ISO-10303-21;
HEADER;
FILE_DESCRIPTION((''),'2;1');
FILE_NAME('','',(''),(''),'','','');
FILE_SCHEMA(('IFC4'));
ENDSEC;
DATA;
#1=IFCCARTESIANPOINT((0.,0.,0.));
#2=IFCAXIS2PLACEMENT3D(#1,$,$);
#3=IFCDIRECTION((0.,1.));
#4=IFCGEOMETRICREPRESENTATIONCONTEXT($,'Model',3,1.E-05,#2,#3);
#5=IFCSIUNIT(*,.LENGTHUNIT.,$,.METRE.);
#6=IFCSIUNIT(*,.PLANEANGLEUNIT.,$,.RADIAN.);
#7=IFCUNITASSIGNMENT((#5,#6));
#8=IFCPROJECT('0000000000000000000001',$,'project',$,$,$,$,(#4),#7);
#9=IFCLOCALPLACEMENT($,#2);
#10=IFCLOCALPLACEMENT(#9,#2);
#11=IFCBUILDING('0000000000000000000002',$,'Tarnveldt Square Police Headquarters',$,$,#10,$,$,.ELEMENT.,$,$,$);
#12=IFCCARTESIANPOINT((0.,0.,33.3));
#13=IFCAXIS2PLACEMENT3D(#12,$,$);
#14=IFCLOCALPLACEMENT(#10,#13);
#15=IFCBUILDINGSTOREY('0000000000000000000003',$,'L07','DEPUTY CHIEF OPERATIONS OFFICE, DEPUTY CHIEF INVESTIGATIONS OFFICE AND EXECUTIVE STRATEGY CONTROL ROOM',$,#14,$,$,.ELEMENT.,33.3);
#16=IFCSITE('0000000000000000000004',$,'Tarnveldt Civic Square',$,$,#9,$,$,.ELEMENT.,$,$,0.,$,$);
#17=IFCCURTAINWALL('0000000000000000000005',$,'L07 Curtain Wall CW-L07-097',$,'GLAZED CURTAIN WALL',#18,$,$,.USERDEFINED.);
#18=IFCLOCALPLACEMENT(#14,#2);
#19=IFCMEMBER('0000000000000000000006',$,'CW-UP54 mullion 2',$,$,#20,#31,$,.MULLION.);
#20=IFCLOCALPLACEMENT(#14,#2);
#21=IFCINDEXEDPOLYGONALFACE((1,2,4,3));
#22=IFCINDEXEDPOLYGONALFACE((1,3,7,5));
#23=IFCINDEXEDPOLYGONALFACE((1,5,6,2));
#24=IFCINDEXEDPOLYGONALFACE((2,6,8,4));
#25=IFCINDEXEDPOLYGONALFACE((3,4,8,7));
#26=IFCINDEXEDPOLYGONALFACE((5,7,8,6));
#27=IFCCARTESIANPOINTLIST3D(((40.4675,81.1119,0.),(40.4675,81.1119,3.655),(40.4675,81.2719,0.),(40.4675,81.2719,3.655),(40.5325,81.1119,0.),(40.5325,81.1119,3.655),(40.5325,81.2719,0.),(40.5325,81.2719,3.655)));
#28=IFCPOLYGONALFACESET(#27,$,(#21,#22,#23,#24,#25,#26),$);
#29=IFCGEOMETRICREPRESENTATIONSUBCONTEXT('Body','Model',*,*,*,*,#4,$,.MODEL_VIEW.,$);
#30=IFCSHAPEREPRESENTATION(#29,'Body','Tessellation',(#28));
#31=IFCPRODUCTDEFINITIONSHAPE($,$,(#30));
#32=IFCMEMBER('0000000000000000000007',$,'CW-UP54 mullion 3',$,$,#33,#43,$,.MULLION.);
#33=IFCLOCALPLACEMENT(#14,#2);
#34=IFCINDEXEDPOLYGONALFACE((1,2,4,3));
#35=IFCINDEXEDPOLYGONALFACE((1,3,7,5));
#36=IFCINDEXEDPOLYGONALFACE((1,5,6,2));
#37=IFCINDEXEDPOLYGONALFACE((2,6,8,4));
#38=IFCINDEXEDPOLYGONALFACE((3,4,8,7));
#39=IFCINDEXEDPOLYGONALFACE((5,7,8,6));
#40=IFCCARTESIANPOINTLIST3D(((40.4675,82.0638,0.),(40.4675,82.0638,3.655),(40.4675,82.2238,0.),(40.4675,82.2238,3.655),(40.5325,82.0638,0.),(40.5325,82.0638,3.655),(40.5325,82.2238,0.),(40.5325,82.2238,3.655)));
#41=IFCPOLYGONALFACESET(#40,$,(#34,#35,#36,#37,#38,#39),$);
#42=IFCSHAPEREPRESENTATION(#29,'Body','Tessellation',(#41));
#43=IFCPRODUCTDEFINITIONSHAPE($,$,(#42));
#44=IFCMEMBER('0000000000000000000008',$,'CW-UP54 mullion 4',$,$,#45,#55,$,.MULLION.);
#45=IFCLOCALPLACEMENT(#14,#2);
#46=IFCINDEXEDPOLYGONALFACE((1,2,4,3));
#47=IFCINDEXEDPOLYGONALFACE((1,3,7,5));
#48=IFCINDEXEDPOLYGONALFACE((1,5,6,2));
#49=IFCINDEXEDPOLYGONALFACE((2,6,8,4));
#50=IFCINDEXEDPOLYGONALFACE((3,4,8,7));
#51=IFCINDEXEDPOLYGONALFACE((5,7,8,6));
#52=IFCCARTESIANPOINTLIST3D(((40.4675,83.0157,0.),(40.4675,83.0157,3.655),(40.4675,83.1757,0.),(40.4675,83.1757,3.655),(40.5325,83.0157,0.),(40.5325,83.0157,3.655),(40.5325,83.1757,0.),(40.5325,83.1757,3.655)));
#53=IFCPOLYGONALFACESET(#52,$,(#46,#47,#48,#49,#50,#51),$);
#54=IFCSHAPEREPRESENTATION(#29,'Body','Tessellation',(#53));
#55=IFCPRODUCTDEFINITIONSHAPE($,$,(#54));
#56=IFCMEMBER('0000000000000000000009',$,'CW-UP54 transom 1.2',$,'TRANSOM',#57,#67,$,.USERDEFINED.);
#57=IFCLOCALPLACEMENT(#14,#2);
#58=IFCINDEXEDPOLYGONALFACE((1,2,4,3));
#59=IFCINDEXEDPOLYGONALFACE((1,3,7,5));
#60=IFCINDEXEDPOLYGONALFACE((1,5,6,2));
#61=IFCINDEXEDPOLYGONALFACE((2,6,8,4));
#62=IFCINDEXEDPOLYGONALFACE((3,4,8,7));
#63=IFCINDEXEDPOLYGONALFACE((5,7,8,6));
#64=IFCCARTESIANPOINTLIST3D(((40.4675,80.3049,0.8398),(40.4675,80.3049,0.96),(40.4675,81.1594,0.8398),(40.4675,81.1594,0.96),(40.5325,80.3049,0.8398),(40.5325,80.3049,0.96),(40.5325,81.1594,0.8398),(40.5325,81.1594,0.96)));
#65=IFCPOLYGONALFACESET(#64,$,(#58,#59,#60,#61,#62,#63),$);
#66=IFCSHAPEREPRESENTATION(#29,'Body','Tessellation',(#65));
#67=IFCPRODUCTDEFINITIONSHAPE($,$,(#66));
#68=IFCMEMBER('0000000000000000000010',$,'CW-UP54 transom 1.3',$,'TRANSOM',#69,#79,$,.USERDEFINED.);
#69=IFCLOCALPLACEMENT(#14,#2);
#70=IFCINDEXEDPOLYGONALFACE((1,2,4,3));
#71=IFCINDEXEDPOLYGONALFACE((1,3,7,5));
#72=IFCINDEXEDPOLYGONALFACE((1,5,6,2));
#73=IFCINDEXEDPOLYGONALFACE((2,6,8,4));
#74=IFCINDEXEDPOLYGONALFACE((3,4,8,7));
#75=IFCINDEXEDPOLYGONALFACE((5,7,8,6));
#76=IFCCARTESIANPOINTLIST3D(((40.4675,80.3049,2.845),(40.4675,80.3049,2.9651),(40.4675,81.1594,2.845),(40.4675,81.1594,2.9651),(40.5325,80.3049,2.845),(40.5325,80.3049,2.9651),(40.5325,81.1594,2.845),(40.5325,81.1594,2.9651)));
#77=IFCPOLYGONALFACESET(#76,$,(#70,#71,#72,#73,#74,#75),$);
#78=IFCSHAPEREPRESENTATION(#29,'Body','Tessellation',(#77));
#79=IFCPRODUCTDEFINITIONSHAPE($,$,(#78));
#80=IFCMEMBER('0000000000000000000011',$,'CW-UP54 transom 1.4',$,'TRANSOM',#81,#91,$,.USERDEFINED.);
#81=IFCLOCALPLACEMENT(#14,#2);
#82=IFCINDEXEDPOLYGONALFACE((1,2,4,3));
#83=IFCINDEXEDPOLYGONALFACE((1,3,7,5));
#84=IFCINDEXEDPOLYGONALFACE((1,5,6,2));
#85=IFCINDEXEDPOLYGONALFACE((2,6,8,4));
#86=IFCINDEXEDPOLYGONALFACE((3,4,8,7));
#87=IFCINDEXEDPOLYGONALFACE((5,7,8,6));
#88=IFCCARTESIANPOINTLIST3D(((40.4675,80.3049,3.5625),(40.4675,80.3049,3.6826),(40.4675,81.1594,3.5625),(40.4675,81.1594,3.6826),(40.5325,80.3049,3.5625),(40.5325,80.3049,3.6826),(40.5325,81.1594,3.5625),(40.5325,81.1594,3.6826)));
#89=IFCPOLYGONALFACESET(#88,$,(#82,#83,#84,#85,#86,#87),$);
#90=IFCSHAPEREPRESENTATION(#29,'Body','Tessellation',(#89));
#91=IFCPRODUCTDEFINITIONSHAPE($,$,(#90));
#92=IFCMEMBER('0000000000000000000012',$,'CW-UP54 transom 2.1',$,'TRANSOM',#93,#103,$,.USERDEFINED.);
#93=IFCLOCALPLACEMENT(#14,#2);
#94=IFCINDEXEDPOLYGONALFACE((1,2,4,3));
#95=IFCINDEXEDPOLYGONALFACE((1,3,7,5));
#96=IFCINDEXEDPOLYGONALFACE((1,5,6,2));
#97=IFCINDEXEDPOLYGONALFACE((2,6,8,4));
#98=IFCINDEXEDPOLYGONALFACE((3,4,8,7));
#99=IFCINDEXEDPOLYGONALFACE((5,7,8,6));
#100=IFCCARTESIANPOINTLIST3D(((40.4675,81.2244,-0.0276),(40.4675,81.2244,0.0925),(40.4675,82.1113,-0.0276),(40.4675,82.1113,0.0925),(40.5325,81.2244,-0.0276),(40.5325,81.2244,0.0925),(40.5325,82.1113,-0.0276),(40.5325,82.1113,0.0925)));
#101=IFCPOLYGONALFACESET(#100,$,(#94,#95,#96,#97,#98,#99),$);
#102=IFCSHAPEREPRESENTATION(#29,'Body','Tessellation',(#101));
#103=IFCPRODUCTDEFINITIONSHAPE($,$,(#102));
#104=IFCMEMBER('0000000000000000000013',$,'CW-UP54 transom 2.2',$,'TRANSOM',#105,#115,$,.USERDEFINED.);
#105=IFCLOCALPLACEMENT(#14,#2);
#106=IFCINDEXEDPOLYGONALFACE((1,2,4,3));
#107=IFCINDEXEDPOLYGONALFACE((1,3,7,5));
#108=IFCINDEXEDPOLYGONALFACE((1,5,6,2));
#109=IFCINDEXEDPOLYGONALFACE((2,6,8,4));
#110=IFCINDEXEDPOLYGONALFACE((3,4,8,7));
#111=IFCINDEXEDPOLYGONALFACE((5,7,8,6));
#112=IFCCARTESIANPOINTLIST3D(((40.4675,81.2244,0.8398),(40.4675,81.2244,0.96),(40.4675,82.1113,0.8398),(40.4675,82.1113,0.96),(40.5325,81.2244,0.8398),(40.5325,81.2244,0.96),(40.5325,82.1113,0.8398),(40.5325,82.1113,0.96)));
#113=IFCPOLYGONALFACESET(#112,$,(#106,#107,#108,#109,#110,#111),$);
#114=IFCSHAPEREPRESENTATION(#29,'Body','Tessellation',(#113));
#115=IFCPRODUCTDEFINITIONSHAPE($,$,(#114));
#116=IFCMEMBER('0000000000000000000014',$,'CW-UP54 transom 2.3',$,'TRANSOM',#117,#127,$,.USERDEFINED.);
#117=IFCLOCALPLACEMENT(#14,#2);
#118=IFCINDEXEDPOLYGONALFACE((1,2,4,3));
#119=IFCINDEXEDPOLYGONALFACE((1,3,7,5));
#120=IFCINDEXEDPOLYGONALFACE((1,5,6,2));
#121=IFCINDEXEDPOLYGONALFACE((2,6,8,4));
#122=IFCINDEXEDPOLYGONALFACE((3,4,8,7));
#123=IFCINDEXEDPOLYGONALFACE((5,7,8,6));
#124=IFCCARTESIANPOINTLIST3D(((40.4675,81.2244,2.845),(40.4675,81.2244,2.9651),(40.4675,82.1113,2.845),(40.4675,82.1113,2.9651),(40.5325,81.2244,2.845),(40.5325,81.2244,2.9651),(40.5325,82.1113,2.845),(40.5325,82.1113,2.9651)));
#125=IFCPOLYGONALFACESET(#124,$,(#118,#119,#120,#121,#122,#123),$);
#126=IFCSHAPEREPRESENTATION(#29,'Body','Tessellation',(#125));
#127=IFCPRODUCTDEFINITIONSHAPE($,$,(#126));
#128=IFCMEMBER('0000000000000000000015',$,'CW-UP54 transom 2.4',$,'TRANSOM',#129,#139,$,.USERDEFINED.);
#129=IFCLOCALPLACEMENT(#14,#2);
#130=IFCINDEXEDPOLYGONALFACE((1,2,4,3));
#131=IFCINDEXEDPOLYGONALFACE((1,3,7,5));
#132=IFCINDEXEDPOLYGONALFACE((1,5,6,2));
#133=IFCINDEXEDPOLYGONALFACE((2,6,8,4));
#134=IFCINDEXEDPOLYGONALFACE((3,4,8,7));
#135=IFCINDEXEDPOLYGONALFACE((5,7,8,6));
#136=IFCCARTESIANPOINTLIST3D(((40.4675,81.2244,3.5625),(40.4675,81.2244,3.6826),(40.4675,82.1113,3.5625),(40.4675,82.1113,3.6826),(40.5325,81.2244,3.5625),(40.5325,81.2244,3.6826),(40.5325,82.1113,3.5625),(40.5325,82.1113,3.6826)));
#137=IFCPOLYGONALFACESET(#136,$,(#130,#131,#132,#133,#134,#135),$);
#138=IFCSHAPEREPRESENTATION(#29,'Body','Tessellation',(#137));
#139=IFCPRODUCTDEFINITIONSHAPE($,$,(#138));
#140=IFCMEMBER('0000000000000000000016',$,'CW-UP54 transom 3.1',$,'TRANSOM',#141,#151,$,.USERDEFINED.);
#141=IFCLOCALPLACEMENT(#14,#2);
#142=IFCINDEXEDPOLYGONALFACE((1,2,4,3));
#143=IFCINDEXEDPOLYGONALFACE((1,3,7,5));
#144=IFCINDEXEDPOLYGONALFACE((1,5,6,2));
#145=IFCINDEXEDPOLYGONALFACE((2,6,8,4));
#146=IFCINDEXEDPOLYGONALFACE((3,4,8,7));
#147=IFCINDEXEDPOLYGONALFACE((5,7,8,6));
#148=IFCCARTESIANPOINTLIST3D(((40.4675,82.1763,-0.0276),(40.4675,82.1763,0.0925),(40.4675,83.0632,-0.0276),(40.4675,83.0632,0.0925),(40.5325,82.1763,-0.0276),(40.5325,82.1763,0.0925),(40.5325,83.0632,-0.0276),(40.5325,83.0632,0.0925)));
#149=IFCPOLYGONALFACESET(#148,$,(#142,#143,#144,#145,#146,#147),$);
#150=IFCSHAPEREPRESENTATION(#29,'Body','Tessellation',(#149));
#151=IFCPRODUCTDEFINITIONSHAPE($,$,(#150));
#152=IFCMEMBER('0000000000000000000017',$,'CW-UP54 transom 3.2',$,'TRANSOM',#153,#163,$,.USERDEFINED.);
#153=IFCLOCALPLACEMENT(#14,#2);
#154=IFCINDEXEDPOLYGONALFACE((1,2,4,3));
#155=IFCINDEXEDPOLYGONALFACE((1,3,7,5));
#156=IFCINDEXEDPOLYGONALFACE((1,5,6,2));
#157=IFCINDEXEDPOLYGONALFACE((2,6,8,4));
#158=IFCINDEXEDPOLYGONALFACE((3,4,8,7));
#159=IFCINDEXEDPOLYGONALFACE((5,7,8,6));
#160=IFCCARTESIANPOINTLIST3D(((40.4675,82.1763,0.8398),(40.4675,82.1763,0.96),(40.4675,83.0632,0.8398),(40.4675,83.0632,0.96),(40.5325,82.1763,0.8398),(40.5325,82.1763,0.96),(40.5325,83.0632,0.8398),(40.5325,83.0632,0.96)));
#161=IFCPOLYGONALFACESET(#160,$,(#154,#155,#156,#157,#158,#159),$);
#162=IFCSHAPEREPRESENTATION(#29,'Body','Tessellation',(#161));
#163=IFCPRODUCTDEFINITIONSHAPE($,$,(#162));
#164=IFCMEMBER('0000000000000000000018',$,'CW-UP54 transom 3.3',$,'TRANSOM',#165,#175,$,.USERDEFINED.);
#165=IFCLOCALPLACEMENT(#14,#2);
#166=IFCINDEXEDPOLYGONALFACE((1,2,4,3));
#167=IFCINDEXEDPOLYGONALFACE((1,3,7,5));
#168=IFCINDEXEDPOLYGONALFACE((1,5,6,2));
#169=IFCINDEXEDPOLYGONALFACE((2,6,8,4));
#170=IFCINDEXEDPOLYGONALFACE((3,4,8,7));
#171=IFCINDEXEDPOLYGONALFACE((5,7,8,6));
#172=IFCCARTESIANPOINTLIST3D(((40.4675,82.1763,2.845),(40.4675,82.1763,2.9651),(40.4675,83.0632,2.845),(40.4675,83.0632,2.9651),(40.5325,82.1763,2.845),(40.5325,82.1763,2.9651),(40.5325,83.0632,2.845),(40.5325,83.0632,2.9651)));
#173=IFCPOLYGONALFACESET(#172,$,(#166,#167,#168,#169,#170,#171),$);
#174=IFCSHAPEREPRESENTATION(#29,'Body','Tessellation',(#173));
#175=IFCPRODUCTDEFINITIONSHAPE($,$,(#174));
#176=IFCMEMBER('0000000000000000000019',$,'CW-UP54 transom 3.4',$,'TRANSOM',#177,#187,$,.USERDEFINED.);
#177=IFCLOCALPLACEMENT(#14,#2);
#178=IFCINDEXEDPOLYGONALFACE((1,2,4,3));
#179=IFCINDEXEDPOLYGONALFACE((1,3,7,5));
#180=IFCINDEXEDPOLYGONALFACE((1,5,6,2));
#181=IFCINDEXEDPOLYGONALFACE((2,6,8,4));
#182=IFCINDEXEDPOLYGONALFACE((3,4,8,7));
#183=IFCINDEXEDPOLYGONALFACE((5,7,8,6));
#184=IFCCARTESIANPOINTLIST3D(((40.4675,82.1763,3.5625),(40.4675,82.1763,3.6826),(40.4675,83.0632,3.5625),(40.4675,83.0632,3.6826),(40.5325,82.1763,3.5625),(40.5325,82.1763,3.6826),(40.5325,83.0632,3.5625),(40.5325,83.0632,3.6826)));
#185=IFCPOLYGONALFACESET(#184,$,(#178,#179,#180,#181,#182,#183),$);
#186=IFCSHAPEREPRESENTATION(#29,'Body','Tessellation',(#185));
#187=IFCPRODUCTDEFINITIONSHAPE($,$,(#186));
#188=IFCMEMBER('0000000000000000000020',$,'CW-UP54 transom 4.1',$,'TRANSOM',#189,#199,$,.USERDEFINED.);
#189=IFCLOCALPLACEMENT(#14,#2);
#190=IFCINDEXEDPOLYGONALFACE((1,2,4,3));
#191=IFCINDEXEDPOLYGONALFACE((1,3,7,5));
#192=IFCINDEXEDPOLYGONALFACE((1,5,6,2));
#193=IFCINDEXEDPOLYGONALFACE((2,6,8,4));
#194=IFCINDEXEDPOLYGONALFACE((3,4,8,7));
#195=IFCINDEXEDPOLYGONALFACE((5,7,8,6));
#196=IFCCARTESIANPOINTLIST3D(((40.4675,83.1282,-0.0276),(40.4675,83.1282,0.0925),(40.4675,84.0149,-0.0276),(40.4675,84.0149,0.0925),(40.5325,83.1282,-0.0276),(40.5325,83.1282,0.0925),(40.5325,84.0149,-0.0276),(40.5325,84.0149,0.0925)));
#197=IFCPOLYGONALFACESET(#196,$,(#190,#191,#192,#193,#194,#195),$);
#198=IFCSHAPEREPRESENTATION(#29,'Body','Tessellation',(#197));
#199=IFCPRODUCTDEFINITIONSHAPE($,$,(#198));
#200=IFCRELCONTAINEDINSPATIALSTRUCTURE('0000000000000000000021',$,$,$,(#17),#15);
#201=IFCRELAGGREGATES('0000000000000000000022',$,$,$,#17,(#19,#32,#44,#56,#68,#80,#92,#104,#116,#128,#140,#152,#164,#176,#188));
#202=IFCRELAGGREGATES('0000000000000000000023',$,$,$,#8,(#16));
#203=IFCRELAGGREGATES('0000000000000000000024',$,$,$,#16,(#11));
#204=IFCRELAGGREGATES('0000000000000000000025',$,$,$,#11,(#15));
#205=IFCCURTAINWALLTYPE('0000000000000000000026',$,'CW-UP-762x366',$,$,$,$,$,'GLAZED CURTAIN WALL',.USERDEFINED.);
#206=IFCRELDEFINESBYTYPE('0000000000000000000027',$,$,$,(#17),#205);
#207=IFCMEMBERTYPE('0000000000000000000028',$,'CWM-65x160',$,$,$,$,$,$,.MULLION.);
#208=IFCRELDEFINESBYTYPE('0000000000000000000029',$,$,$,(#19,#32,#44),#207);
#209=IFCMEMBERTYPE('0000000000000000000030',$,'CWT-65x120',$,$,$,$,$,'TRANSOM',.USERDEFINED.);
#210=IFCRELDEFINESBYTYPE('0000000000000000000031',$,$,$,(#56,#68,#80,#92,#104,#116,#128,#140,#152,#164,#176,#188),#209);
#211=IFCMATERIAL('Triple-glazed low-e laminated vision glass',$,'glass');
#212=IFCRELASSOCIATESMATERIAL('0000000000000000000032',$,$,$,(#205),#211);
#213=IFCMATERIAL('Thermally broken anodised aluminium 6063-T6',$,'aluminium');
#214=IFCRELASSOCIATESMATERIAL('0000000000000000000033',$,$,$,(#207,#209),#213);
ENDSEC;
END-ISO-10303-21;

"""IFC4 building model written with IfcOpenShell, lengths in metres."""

from ifc_helpers import new_model, si_unit, direction, frame, origin, origin_2d, place, context, subcontext, project, spatial, rectangle, extrude, material, material_profile, profile_set, type_object, element, aggregate, save


model = new_model("IFC4")

# Units and contexts
model_context = context("Model", 3, precision=1e-05, world=origin(), true_north=direction((0.0, 1.0)))
body_context = subcontext(model_context, "Body", "Model", "MODEL_VIEW")
ifc_project = project(units=[si_unit("LENGTHUNIT", "METRE"), si_unit("PLANEANGLEUNIT", "RADIAN")], contexts=[model_context])

# Site, building, storey
site_placement = place(None, origin())
site = spatial("IfcSite", under=ifc_project, at=site_placement, Name="Tarnveldt Civic Square", CompositionType="ELEMENT", RefElevation=0.0)
building_placement = place(site_placement, origin())
building = spatial("IfcBuilding", under=site, at=building_placement, Name="Tarnveldt Square Police Headquarters", CompositionType="ELEMENT")
storey_placement = place(building_placement, frame((0.0, 0.0, 33.3)))
storey = spatial("IfcBuildingStorey", under=building, at=storey_placement, Name="L07", Description="DEPUTY CHIEF OPERATIONS OFFICE, DEPUTY CHIEF INVESTIGATIONS OFFICE AND EXECUTIVE STRATEGY CONTROL ROOM", CompositionType="ELEMENT", Elevation=33.3)

# Curtain wall, members
ifc_material_1 = material(Name="Triple-glazed low-e laminated vision glass", Category="glass")
curtain_wall_type = type_object("IfcCurtainWallType", Name="CW-UP-762x366", ElementType="GLAZED CURTAIN WALL", PredefinedType="USERDEFINED", material=ifc_material_1)
curtain_wall_placement = place(storey_placement, origin())
curtain_wall = element("IfcCurtainWall", 1, at=curtain_wall_placement, inside=storey, type_object=curtain_wall_type, Name="L07 Curtain Wall CW-L07-097", ObjectType="GLAZED CURTAIN WALL", PredefinedType="USERDEFINED")
ifc_material_2 = material(Name="Thermally broken anodised aluminium 6063-T6", Category="aluminium")
ifc_material_profile_1 = material_profile(ifc_material_2, rectangle(XDim=0.0649, YDim=0.1599, at=origin_2d()), Name="CW-M65x160")
ifc_profile_set_1 = profile_set([ifc_material_profile_1], Name="Thermally broken anodised aluminium 6063-T6")
member_type_1 = type_object("IfcMemberType", Name="CWM-65x160", PredefinedType="MULLION", material=ifc_profile_set_1)
member_1_placement = place(storey_placement, frame((40.5, 81.1919, 0.0), z_axis=(0.0, 0.0, 1.0), x_axis=(-1.0, 0.0, 0.0)))
member_1 = element("IfcMember", 2, at=member_1_placement, type_object=member_type_1, Name="CW-UP54 mullion 2", PredefinedType="MULLION", context=body_context, shape_type="SweptSolid", body=[
    extrude(rectangle(XDim=0.0649, YDim=0.1599, at=origin_2d()), origin(), (0.0, 0.0, 1.0), 3.655),
])
member_2_placement = place(storey_placement, frame((40.5, 82.1438, 0.0), z_axis=(0.0, 0.0, 1.0), x_axis=(-1.0, 0.0, 0.0)))
member_2 = element("IfcMember", 3, at=member_2_placement, type_object=member_type_1, Name="CW-UP54 mullion 3", PredefinedType="MULLION", context=body_context, shape_type="SweptSolid", body=[
    extrude(rectangle(XDim=0.0649, YDim=0.1599, at=origin_2d()), origin(), (0.0, 0.0, 1.0), 3.655),
])
member_3_placement = place(storey_placement, frame((40.5, 83.0957, 0.0), z_axis=(0.0, 0.0, 1.0), x_axis=(-1.0, 0.0, 0.0)))
member_3 = element("IfcMember", 4, at=member_3_placement, type_object=member_type_1, Name="CW-UP54 mullion 4", PredefinedType="MULLION", context=body_context, shape_type="SweptSolid", body=[
    extrude(rectangle(XDim=0.0649, YDim=0.1599, at=origin_2d()), origin(), (0.0, 0.0, 1.0), 3.655),
])
ifc_material_profile_2 = material_profile(ifc_material_2, rectangle(XDim=0.0649, YDim=0.1201, at=origin_2d()), Name="CW-T65x120")
ifc_profile_set_2 = profile_set([ifc_material_profile_2], Name="Thermally broken anodised aluminium 6063-T6")
member_type_2 = type_object("IfcMemberType", Name="CWT-65x120", ElementType="TRANSOM", PredefinedType="USERDEFINED", material=ifc_profile_set_2)
member_4_placement = place(storey_placement, frame((40.5, 80.3049, 0.8999), z_axis=(0.0, 1.0, 0.0), x_axis=(-1.0, 0.0, 0.0)))
member_4 = element("IfcMember", 5, at=member_4_placement, type_object=member_type_2, Name="CW-UP54 transom 1.2", ObjectType="TRANSOM", PredefinedType="USERDEFINED", context=body_context, shape_type="SweptSolid", body=[
    extrude(rectangle(XDim=0.0649, YDim=0.1201, at=origin_2d()), origin(), (0.0, 0.0, 1.0), 0.8545),
])
member_5_placement = place(storey_placement, frame((40.5, 80.3049, 2.905), z_axis=(0.0, 1.0, 0.0), x_axis=(-1.0, 0.0, 0.0)))
member_5 = element("IfcMember", 6, at=member_5_placement, type_object=member_type_2, Name="CW-UP54 transom 1.3", ObjectType="TRANSOM", PredefinedType="USERDEFINED", context=body_context, shape_type="SweptSolid", body=[
    extrude(rectangle(XDim=0.0649, YDim=0.1201, at=origin_2d()), origin(), (0.0, 0.0, 1.0), 0.8545),
])
member_6_placement = place(storey_placement, frame((40.5, 80.3049, 3.6226), z_axis=(0.0, 1.0, 0.0), x_axis=(-1.0, 0.0, 0.0)))
member_6 = element("IfcMember", 7, at=member_6_placement, type_object=member_type_2, Name="CW-UP54 transom 1.4", ObjectType="TRANSOM", PredefinedType="USERDEFINED", context=body_context, shape_type="SweptSolid", body=[
    extrude(rectangle(XDim=0.0649, YDim=0.1201, at=origin_2d()), origin(), (0.0, 0.0, 1.0), 0.8545),
])
member_7_placement = place(storey_placement, frame((40.5, 81.2244, 0.0325), z_axis=(0.0, 1.0, 0.0), x_axis=(-1.0, 0.0, 0.0)))
member_7 = element("IfcMember", 8, at=member_7_placement, type_object=member_type_2, Name="CW-UP54 transom 2.1", ObjectType="TRANSOM", PredefinedType="USERDEFINED", context=body_context, shape_type="SweptSolid", body=[
    extrude(rectangle(XDim=0.0649, YDim=0.1201, at=origin_2d()), origin(), (0.0, 0.0, 1.0), 0.887),
])
member_8_placement = place(storey_placement, frame((40.5, 81.2244, 0.8999), z_axis=(0.0, 1.0, 0.0), x_axis=(-1.0, 0.0, 0.0)))
member_8 = element("IfcMember", 9, at=member_8_placement, type_object=member_type_2, Name="CW-UP54 transom 2.2", ObjectType="TRANSOM", PredefinedType="USERDEFINED", context=body_context, shape_type="SweptSolid", body=[
    extrude(rectangle(XDim=0.0649, YDim=0.1201, at=origin_2d()), origin(), (0.0, 0.0, 1.0), 0.887),
])
member_9_placement = place(storey_placement, frame((40.5, 81.2244, 2.905), z_axis=(0.0, 1.0, 0.0), x_axis=(-1.0, 0.0, 0.0)))
member_9 = element("IfcMember", 10, at=member_9_placement, type_object=member_type_2, Name="CW-UP54 transom 2.3", ObjectType="TRANSOM", PredefinedType="USERDEFINED", context=body_context, shape_type="SweptSolid", body=[
    extrude(rectangle(XDim=0.0649, YDim=0.1201, at=origin_2d()), origin(), (0.0, 0.0, 1.0), 0.887),
])
member_10_placement = place(storey_placement, frame((40.5, 81.2244, 3.6226), z_axis=(0.0, 1.0, 0.0), x_axis=(-1.0, 0.0, 0.0)))
member_10 = element("IfcMember", 11, at=member_10_placement, type_object=member_type_2, Name="CW-UP54 transom 2.4", ObjectType="TRANSOM", PredefinedType="USERDEFINED", context=body_context, shape_type="SweptSolid", body=[
    extrude(rectangle(XDim=0.0649, YDim=0.1201, at=origin_2d()), origin(), (0.0, 0.0, 1.0), 0.887),
])
member_11_placement = place(storey_placement, frame((40.5, 82.1763, 0.0325), z_axis=(0.0, 1.0, 0.0), x_axis=(-1.0, 0.0, 0.0)))
member_11 = element("IfcMember", 12, at=member_11_placement, type_object=member_type_2, Name="CW-UP54 transom 3.1", ObjectType="TRANSOM", PredefinedType="USERDEFINED", context=body_context, shape_type="SweptSolid", body=[
    extrude(rectangle(XDim=0.0649, YDim=0.1201, at=origin_2d()), origin(), (0.0, 0.0, 1.0), 0.887),
])
member_12_placement = place(storey_placement, frame((40.5, 82.1763, 0.8999), z_axis=(0.0, 1.0, 0.0), x_axis=(-1.0, 0.0, 0.0)))
member_12 = element("IfcMember", 13, at=member_12_placement, type_object=member_type_2, Name="CW-UP54 transom 3.2", ObjectType="TRANSOM", PredefinedType="USERDEFINED", context=body_context, shape_type="SweptSolid", body=[
    extrude(rectangle(XDim=0.0649, YDim=0.1201, at=origin_2d()), origin(), (0.0, 0.0, 1.0), 0.887),
])
member_13_placement = place(storey_placement, frame((40.5, 82.1763, 2.905), z_axis=(0.0, 1.0, 0.0), x_axis=(-1.0, 0.0, 0.0)))
member_13 = element("IfcMember", 14, at=member_13_placement, type_object=member_type_2, Name="CW-UP54 transom 3.3", ObjectType="TRANSOM", PredefinedType="USERDEFINED", context=body_context, shape_type="SweptSolid", body=[
    extrude(rectangle(XDim=0.0649, YDim=0.1201, at=origin_2d()), origin(), (0.0, 0.0, 1.0), 0.887),
])
member_14_placement = place(storey_placement, frame((40.5, 82.1763, 3.6226), z_axis=(0.0, 1.0, 0.0), x_axis=(-1.0, 0.0, 0.0)))
member_14 = element("IfcMember", 15, at=member_14_placement, type_object=member_type_2, Name="CW-UP54 transom 3.4", ObjectType="TRANSOM", PredefinedType="USERDEFINED", context=body_context, shape_type="SweptSolid", body=[
    extrude(rectangle(XDim=0.0649, YDim=0.1201, at=origin_2d()), origin(), (0.0, 0.0, 1.0), 0.887),
])
member_15_placement = place(storey_placement, frame((40.5, 83.1282, 0.0325), z_axis=(0.0, 1.0, 0.0), x_axis=(-1.0, 0.0, 0.0)))
member_15 = element("IfcMember", 16, at=member_15_placement, type_object=member_type_2, Name="CW-UP54 transom 4.1", ObjectType="TRANSOM", PredefinedType="USERDEFINED", context=body_context, shape_type="SweptSolid", body=[
    extrude(rectangle(XDim=0.0649, YDim=0.1201, at=origin_2d()), origin(), (0.0, 0.0, 1.0), 0.8867),
])

aggregate(curtain_wall, [member_1, member_2, member_3, member_4, member_5, member_6, member_7, member_8, member_9, member_10, member_11, member_12, member_13, member_14, member_15])

save(model, "model.ifc")
